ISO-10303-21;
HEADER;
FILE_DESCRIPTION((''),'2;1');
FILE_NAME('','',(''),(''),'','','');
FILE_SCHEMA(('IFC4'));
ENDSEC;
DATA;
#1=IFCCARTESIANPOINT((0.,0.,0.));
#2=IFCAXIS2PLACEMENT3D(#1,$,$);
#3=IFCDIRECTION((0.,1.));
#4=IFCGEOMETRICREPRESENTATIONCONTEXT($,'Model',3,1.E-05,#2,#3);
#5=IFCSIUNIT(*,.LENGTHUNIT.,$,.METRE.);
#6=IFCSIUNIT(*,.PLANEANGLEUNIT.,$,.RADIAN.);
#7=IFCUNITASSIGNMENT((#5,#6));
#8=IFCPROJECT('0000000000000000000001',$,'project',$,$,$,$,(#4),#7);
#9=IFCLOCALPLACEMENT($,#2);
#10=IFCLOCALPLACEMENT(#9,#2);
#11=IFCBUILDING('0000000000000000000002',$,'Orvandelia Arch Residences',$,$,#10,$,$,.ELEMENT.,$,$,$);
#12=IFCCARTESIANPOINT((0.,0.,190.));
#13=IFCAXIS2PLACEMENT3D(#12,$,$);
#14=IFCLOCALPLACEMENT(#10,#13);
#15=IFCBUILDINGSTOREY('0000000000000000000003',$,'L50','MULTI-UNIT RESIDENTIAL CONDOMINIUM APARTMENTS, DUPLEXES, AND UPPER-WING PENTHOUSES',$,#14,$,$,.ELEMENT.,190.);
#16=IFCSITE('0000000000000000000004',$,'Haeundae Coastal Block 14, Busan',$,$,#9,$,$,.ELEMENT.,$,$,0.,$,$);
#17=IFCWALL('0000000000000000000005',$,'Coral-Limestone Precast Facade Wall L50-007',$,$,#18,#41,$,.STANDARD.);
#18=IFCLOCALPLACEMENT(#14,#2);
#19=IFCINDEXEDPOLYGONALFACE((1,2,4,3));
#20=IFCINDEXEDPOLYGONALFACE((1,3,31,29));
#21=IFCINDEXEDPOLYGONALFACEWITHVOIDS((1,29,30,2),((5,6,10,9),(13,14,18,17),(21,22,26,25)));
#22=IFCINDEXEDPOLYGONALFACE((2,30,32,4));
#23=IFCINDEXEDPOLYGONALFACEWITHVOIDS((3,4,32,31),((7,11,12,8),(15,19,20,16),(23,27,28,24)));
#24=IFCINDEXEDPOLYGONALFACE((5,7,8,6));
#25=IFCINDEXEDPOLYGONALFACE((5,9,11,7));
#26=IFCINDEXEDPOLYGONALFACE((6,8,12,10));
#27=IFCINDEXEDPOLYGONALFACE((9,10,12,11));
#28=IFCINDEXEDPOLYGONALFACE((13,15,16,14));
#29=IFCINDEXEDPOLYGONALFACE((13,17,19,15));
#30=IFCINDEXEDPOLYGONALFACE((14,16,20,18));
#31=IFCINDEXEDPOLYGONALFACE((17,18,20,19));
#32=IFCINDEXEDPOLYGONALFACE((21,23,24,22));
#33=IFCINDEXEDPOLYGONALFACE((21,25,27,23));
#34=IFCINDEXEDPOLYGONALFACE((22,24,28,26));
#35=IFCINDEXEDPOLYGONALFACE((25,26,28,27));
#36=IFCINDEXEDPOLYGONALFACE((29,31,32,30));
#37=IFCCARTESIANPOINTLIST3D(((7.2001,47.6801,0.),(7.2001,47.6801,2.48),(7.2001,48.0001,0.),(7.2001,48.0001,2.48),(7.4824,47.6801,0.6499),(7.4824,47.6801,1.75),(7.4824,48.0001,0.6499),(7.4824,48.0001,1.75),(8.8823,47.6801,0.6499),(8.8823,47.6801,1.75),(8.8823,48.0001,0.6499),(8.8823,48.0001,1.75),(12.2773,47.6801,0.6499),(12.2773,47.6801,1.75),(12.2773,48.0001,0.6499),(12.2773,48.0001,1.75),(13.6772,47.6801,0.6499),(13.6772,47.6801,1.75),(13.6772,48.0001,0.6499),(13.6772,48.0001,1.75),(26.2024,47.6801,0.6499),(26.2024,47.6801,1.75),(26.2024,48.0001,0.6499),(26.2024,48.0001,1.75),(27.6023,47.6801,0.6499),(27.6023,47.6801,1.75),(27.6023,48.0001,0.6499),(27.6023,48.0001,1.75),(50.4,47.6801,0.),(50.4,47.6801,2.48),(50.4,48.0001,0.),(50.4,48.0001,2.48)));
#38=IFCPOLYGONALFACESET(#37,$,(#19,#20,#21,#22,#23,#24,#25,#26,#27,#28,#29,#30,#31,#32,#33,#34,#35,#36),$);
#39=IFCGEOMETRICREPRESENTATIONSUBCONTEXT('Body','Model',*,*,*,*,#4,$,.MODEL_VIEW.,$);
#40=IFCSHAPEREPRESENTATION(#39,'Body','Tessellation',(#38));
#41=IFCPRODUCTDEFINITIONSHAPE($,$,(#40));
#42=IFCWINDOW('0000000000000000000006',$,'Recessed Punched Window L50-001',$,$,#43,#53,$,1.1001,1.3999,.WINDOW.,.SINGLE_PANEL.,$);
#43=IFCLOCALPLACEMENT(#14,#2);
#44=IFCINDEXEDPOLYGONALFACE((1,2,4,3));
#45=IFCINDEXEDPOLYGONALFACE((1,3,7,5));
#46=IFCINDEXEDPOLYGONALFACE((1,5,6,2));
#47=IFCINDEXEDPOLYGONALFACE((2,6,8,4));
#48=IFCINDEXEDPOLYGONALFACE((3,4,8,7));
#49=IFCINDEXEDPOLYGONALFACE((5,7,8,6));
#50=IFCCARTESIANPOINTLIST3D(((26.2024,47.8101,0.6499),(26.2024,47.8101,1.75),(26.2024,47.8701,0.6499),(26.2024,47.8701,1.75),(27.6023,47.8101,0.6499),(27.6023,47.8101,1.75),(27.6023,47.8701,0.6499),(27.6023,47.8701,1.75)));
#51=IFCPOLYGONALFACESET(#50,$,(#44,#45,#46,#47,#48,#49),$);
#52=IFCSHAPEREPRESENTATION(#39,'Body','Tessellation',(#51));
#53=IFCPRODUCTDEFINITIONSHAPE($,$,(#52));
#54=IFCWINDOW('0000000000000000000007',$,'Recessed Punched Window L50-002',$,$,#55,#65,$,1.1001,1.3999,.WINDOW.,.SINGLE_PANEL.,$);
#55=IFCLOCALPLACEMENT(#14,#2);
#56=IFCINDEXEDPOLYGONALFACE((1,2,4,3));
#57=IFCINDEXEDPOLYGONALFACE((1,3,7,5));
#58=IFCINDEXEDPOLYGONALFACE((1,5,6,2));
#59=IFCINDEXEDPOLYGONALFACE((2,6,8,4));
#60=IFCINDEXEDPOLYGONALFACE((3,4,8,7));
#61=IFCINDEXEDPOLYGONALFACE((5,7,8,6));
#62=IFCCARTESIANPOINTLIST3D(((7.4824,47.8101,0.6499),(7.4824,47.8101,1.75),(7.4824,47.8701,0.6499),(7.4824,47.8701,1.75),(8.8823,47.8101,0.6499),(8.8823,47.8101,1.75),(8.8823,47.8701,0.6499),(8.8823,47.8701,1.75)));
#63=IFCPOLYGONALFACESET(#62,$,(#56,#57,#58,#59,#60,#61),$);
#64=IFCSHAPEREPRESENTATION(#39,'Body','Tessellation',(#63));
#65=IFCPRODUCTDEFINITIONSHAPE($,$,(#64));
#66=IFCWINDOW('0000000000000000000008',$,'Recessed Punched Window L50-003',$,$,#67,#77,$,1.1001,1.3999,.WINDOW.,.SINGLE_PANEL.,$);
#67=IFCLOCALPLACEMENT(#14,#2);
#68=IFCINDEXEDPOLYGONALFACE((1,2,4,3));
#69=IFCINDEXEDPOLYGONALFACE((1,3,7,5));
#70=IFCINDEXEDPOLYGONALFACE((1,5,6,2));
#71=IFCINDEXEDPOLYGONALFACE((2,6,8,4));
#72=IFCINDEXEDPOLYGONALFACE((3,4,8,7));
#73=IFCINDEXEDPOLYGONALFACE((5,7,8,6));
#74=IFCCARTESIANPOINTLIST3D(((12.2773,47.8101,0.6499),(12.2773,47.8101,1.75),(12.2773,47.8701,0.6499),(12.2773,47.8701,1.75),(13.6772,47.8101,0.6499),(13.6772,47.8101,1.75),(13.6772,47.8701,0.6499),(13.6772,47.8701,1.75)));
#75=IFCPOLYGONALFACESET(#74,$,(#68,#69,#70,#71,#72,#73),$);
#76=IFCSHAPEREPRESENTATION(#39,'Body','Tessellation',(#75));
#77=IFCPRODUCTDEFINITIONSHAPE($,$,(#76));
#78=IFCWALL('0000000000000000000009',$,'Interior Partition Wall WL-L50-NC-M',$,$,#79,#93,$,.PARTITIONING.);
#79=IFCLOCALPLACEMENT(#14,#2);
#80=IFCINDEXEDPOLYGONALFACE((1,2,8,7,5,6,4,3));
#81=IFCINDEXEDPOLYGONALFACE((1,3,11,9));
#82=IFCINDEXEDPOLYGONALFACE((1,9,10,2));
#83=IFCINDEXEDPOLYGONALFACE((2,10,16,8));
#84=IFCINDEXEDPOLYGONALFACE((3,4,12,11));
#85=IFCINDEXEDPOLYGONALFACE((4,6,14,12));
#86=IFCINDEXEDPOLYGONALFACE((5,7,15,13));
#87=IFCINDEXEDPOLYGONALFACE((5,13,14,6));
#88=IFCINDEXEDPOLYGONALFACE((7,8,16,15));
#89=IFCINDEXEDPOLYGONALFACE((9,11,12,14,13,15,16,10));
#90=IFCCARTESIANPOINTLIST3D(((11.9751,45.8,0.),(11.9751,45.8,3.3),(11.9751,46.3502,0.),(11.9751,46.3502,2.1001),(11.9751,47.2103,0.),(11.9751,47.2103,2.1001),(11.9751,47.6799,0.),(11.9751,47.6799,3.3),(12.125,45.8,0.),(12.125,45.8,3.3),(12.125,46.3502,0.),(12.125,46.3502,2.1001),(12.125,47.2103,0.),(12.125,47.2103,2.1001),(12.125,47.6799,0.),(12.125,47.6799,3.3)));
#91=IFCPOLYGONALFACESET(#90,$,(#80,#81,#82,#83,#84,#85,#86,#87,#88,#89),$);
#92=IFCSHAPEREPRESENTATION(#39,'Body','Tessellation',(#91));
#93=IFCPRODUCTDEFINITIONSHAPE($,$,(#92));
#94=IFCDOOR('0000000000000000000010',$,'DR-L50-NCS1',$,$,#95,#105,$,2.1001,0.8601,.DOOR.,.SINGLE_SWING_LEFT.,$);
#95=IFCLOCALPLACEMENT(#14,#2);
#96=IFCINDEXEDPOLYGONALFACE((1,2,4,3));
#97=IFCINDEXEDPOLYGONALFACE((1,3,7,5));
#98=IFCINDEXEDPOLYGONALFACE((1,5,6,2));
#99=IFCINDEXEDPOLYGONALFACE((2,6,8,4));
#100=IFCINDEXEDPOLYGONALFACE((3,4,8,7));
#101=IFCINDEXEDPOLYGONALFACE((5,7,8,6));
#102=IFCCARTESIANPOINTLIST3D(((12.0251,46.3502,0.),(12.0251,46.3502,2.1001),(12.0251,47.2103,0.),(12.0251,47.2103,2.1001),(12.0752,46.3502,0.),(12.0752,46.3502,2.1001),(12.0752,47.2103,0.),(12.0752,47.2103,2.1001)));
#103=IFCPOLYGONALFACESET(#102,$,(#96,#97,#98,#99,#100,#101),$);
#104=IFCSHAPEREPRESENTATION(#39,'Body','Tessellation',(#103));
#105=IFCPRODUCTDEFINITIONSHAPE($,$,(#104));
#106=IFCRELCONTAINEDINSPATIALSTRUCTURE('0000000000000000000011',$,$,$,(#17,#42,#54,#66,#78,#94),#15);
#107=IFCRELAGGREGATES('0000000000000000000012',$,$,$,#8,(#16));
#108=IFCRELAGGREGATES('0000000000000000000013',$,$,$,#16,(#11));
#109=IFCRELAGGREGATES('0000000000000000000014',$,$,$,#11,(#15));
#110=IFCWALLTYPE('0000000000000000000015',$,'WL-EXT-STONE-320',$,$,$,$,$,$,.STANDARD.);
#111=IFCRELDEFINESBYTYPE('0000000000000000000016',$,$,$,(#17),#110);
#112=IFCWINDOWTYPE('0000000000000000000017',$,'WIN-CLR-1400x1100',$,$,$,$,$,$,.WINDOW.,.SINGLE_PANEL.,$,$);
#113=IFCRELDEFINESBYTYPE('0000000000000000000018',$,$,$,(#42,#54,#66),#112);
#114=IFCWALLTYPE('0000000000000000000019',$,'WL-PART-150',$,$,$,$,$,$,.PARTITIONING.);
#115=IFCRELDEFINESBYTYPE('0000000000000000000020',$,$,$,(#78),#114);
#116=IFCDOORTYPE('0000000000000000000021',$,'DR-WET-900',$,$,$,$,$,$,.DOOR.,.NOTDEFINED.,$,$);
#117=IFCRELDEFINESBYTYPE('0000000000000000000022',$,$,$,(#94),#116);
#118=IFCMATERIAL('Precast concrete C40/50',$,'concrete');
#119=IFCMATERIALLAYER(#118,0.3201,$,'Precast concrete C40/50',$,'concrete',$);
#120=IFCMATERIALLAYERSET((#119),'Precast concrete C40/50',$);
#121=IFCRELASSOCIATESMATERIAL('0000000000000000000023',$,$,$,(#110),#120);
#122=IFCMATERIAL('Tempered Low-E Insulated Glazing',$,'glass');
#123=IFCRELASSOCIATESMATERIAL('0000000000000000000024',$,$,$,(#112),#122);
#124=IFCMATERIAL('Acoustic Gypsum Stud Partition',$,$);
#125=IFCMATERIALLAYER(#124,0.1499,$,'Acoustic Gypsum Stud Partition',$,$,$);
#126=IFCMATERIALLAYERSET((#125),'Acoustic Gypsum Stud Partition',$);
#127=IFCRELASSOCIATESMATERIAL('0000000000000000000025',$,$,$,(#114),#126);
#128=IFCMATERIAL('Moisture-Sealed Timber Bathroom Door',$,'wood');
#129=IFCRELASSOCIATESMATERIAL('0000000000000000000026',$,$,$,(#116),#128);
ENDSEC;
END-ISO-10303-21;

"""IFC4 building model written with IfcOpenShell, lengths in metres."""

from ifc_helpers import new_model, si_unit, direction, frame, frame_2d, origin, place, context, subcontext, project, spatial, rectangle, extrude, material, layer, layer_set, type_object, element, fill, save


model = new_model("IFC4")

# Units and contexts
model_context = context("Model", 3, precision=1e-05, world=origin(), true_north=direction((0.0, 1.0)))
body_context = subcontext(model_context, "Body", "Model", "MODEL_VIEW")
ifc_project = project(units=[si_unit("LENGTHUNIT", "METRE"), si_unit("PLANEANGLEUNIT", "RADIAN")], contexts=[model_context])

# Site, building, storey
site_placement = place(None, origin())
site = spatial("IfcSite", under=ifc_project, at=site_placement, Name="Haeundae Coastal Block 14, Busan", CompositionType="ELEMENT", RefElevation=0.0)
building_placement = place(site_placement, origin())
building = spatial("IfcBuilding", under=site, at=building_placement, Name="Orvandelia Arch Residences", CompositionType="ELEMENT")
storey_placement = place(building_placement, frame((0.0, 0.0, 190.0)))
storey = spatial("IfcBuildingStorey", under=building, at=storey_placement, Name="L50", Description="MULTI-UNIT RESIDENTIAL CONDOMINIUM APARTMENTS, DUPLEXES, AND UPPER-WING PENTHOUSES", CompositionType="ELEMENT", Elevation=190.0)

# Wall, openings, windows
ifc_material_1 = material(Name="Precast concrete C40/50", Category="concrete")
ifc_layer_1 = layer(ifc_material_1, 0.3201, Name="Precast concrete C40/50", Category="concrete")
ifc_layer_set_1 = layer_set([ifc_layer_1], Name="Precast concrete C40/50")
wall_type_1 = type_object("IfcWallType", Name="WL-EXT-STONE-320", PredefinedType="STANDARD", material=ifc_layer_set_1)
wall_1_placement = place(storey_placement, frame((7.2, 47.8401, 0.0), z_axis=(0.0, 0.0, 1.0), x_axis=(1.0, 0.0, 0.0)))
wall_1 = element("IfcWall", 1, at=wall_1_placement, inside=storey, type_object=wall_type_1, Name="Coral-Limestone Precast Facade Wall L50-007", PredefinedType="STANDARD", context=body_context, shape_type="SweptSolid", body=[
    extrude(rectangle(XDim=43.2, YDim=0.3201, at=frame_2d((21.6001, 0.0))), origin(), (0.0, 0.0, 1.0), 2.48),
])
opening_1_placement = place(wall_1_placement, frame((19.0024, 0.0, 0.6499)))
opening_1 = element("IfcOpeningElement", 2, at=opening_1_placement, cuts=wall_1, PredefinedType="OPENING", context=body_context, shape_type="SweptSolid", body=[
    extrude(rectangle(XDim=1.3999, YDim=1.1001, at=frame_2d((0.7, 0.55))), frame((0.0, 0.1699, 0.0), z_axis=(0.0, -1.0, 0.0), x_axis=(1.0, 0.0, 0.0)), (0.0, 0.0, 1.0), 0.3401),
])
opening_2_placement = place(wall_1_placement, frame((0.2825, 0.0, 0.6499)))
opening_2 = element("IfcOpeningElement", 3, at=opening_2_placement, cuts=wall_1, PredefinedType="OPENING", context=body_context, shape_type="SweptSolid", body=[
    extrude(rectangle(XDim=1.3999, YDim=1.1001, at=frame_2d((0.7, 0.55))), frame((0.0, 0.1699, 0.0), z_axis=(0.0, -1.0, 0.0), x_axis=(1.0, 0.0, 0.0)), (0.0, 0.0, 1.0), 0.3401),
])
opening_3_placement = place(wall_1_placement, frame((5.0774, 0.0, 0.6499)))
opening_3 = element("IfcOpeningElement", 4, at=opening_3_placement, cuts=wall_1, PredefinedType="OPENING", context=body_context, shape_type="SweptSolid", body=[
    extrude(rectangle(XDim=1.3999, YDim=1.1001, at=frame_2d((0.7, 0.55))), frame((0.0, 0.1699, 0.0), z_axis=(0.0, -1.0, 0.0), x_axis=(1.0, 0.0, 0.0)), (0.0, 0.0, 1.0), 0.3401),
])
ifc_material_2 = material(Name="Tempered Low-E Insulated Glazing", Category="glass")
window_type = type_object("IfcWindowType", Name="WIN-CLR-1400x1100", PartitioningType="SINGLE_PANEL", PredefinedType="WINDOW", material=ifc_material_2)
window_1_placement = place(opening_1_placement, origin())
window_1 = element("IfcWindow", 5, at=window_1_placement, inside=storey, type_object=window_type, Name="Recessed Punched Window L50-001", OverallHeight=1.1001, OverallWidth=1.3999, PartitioningType="SINGLE_PANEL", PredefinedType="WINDOW", context=body_context, shape_type="SweptSolid", body=[
    extrude(rectangle(XDim=1.3999, YDim=1.1001, at=frame_2d((0.7, 0.55))), frame((0.0, 0.03, 0.0), z_axis=(0.0, -1.0, 0.0), x_axis=(1.0, 0.0, 0.0)), (0.0, 0.0, 1.0), 0.0601),
])
fill(opening_1, window_1)
window_2_placement = place(opening_2_placement, origin())
window_2 = element("IfcWindow", 6, at=window_2_placement, inside=storey, type_object=window_type, Name="Recessed Punched Window L50-002", OverallHeight=1.1001, OverallWidth=1.3999, PartitioningType="SINGLE_PANEL", PredefinedType="WINDOW", context=body_context, shape_type="SweptSolid", body=[
    extrude(rectangle(XDim=1.3999, YDim=1.1001, at=frame_2d((0.7, 0.55))), frame((0.0, 0.03, 0.0), z_axis=(0.0, -1.0, 0.0), x_axis=(1.0, 0.0, 0.0)), (0.0, 0.0, 1.0), 0.0601),
])
fill(opening_2, window_2)
window_3_placement = place(opening_3_placement, origin())
window_3 = element("IfcWindow", 7, at=window_3_placement, inside=storey, type_object=window_type, Name="Recessed Punched Window L50-003", OverallHeight=1.1001, OverallWidth=1.3999, PartitioningType="SINGLE_PANEL", PredefinedType="WINDOW", context=body_context, shape_type="SweptSolid", body=[
    extrude(rectangle(XDim=1.3999, YDim=1.1001, at=frame_2d((0.7, 0.55))), frame((0.0, 0.03, 0.0), z_axis=(0.0, -1.0, 0.0), x_axis=(1.0, 0.0, 0.0)), (0.0, 0.0, 1.0), 0.0601),
])
fill(opening_3, window_3)

# Wall, opening, door
ifc_material_3 = material(Name="Acoustic Gypsum Stud Partition")
ifc_layer_2 = layer(ifc_material_3, 0.1499, Name="Acoustic Gypsum Stud Partition")
ifc_layer_set_2 = layer_set([ifc_layer_2], Name="Acoustic Gypsum Stud Partition")
wall_type_2 = type_object("IfcWallType", Name="WL-PART-150", PredefinedType="PARTITIONING", material=ifc_layer_set_2)
wall_2_placement = place(storey_placement, frame((12.05, 45.8, 0.0), z_axis=(0.0, 0.0, 1.0), x_axis=(0.0, 1.0, 0.0)))
wall_2 = element("IfcWall", 8, at=wall_2_placement, inside=storey, type_object=wall_type_2, Name="Interior Partition Wall WL-L50-NC-M", PredefinedType="PARTITIONING", context=body_context, shape_type="SweptSolid", body=[
    extrude(rectangle(XDim=1.8799, YDim=0.1499, at=frame_2d((0.9399, 0.0))), origin(), (0.0, 0.0, 1.0), 3.3),
])
opening_4_placement = place(wall_2_placement, frame((0.55, 0.0, 0.0)))
opening_4 = element("IfcOpeningElement", 9, at=opening_4_placement, cuts=wall_2, PredefinedType="OPENING", context=body_context, shape_type="SweptSolid", body=[
    extrude(rectangle(XDim=0.8601, YDim=2.1001, at=frame_2d((0.4302, 1.05))), frame((0.0, 0.085, 0.0), z_axis=(0.0, -1.0, 0.0), x_axis=(1.0, 0.0, 0.0)), (0.0, 0.0, 1.0), 0.1699),
])
ifc_material_4 = material(Name="Moisture-Sealed Timber Bathroom Door", Category="wood")
door_type_1 = type_object("IfcDoorType", Name="DR-WET-900", OperationType="NOTDEFINED", PredefinedType="DOOR", material=ifc_material_4)
door_1_placement = place(opening_4_placement, origin())
door_1 = element("IfcDoor", 10, at=door_1_placement, inside=storey, type_object=door_type_1, Name="DR-L50-NCS1", OperationType="SINGLE_SWING_LEFT", OverallHeight=2.1001, OverallWidth=0.8601, PredefinedType="DOOR", context=body_context, shape_type="SweptSolid", body=[
    extrude(rectangle(XDim=0.8601, YDim=2.1001, at=frame_2d((0.4302, 1.05))), frame((0.0, 0.0249, 0.0), z_axis=(0.0, -1.0, 0.0), x_axis=(1.0, 0.0, 0.0)), (0.0, 0.0, 1.0), 0.05),
])
fill(opening_4, door_1)

save(model, "model.ifc")
